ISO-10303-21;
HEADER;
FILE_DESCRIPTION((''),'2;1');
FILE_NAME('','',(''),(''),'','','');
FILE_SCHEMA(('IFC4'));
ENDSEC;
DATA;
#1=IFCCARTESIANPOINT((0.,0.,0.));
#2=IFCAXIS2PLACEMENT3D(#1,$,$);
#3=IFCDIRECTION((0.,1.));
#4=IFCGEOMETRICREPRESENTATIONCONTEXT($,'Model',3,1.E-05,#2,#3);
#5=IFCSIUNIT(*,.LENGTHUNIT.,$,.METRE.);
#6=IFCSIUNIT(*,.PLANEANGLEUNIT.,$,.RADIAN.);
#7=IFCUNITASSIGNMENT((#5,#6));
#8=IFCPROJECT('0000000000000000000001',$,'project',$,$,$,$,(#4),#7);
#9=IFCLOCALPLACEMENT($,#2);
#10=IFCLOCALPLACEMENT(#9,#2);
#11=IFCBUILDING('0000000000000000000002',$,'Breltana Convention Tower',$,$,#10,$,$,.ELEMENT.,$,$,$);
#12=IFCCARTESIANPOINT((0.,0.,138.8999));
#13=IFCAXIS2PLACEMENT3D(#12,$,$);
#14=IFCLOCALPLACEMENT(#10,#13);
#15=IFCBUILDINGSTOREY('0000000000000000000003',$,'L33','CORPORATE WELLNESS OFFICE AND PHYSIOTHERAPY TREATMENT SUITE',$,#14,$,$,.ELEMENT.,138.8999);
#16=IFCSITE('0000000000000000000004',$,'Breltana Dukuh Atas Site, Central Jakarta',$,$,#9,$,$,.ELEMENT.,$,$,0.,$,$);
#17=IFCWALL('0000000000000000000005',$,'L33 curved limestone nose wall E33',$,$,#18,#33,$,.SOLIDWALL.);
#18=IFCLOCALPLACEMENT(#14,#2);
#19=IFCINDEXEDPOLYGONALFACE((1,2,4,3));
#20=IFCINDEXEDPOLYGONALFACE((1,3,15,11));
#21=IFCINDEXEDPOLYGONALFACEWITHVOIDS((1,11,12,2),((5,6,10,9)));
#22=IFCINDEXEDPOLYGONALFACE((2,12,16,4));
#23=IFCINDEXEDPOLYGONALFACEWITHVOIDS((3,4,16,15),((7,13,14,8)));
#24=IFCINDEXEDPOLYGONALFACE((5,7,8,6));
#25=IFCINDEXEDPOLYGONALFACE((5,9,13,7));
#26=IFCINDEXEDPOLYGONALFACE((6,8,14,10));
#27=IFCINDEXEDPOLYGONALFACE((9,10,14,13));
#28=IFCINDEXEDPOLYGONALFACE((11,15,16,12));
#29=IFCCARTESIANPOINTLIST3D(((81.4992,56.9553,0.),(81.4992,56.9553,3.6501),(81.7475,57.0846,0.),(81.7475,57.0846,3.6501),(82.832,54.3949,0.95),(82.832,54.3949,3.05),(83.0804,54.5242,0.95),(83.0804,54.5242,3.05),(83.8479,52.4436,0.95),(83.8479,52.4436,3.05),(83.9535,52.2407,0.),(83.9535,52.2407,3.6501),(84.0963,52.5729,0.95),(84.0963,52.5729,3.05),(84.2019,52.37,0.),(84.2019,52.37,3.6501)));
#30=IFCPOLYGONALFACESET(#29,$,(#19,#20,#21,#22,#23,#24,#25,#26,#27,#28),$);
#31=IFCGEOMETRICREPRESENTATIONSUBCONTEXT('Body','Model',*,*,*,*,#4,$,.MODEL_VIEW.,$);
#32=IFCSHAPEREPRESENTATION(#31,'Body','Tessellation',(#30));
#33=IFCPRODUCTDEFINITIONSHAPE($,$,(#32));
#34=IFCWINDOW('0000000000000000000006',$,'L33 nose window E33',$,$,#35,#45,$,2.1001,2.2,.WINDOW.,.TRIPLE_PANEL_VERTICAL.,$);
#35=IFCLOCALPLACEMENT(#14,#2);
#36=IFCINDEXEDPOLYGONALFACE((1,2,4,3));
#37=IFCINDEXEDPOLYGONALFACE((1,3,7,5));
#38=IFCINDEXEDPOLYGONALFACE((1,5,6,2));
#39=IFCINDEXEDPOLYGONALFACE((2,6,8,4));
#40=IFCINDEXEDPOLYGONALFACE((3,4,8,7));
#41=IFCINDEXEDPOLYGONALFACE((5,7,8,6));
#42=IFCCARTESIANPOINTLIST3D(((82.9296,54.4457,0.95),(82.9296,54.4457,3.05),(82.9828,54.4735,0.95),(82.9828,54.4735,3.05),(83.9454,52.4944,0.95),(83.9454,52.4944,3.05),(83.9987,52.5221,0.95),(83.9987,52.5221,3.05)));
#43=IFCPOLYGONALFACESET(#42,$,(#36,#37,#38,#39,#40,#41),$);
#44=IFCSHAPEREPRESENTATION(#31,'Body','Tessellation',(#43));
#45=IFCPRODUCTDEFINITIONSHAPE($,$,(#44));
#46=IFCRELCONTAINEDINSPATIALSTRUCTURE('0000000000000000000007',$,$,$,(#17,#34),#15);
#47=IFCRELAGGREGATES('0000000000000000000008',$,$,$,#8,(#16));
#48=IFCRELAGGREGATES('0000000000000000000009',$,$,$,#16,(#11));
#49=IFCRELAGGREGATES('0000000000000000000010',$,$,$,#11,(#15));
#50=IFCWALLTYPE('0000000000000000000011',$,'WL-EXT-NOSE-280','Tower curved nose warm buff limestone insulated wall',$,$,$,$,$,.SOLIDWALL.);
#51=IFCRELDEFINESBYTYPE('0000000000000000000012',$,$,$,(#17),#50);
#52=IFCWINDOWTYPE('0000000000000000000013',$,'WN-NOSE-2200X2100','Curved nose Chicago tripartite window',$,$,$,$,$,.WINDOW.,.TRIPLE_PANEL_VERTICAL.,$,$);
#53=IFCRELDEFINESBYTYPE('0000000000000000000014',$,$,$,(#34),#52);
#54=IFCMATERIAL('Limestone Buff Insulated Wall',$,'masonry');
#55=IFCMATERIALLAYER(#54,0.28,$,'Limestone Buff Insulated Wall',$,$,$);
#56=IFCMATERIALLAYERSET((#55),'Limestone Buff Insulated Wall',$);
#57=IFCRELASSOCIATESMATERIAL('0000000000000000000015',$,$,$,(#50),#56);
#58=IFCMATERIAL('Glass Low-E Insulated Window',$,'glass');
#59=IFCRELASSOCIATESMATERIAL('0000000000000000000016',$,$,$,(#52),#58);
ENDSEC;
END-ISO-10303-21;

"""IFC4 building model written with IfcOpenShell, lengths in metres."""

from ifc_helpers import new_model, si_unit, direction, frame, frame_2d, origin, place, context, subcontext, project, spatial, rectangle, extrude, source, transform, mapped, material, layer, layer_set, type_object, type_shapes, element, fill, save


model = new_model("IFC4")

# Units and contexts
model_context = context("Model", 3, precision=1e-05, world=origin(), true_north=direction((0.0, 1.0)))
body_context = subcontext(model_context, "Body", "Model", "MODEL_VIEW")
ifc_project = project(units=[si_unit("LENGTHUNIT", "METRE"), si_unit("PLANEANGLEUNIT", "RADIAN")], contexts=[model_context])

# Site, building, storey
site_placement = place(None, origin())
site = spatial("IfcSite", under=ifc_project, at=site_placement, Name="Breltana Dukuh Atas Site, Central Jakarta", CompositionType="ELEMENT", RefElevation=0.0)
building_placement = place(site_placement, origin())
building = spatial("IfcBuilding", under=site, at=building_placement, Name="Breltana Convention Tower", CompositionType="ELEMENT")
storey_placement = place(building_placement, frame((0.0, 0.0, 138.8999)))
storey = spatial("IfcBuildingStorey", under=building, at=storey_placement, Name="L33", Description="CORPORATE WELLNESS OFFICE AND PHYSIOTHERAPY TREATMENT SUITE", CompositionType="ELEMENT", Elevation=138.8999)

# Wall, opening, window
ifc_material_1 = material(Name="Limestone Buff Insulated Wall", Category="masonry")
ifc_layer_1 = layer(ifc_material_1, 0.28, Name="Limestone Buff Insulated Wall")
ifc_layer_set_1 = layer_set([ifc_layer_1], Name="Limestone Buff Insulated Wall")
wall_type = type_object("IfcWallType", Name="WL-EXT-NOSE-280", Description="Tower curved nose warm buff limestone insulated wall", PredefinedType="SOLIDWALL", material=ifc_layer_set_1)
ifc_material_2 = material(Name="Glass Low-E Insulated Window", Category="glass")
window_type = type_object("IfcWindowType", Name="WN-NOSE-2200X2100", Description="Curved nose Chicago tripartite window", PartitioningType="TRIPLE_PANEL_VERTICAL", PredefinedType="WINDOW", material=ifc_material_2)
shared_shape_1 = source(origin(), body_context, "Body", "SweptSolid", [
    extrude(rectangle(XDim=2.2, YDim=2.1001, at=frame_2d((1.1001, 1.05))), frame((0.0, 0.03, 0.0), z_axis=(0.0, -1.0, 0.0), x_axis=(1.0, 0.0, 0.0)), (0.0, 0.0, 1.0), 0.0601),
])
type_shapes(window_type, [shared_shape_1])
shared_shape_2 = source(origin(), body_context, "Body", "SweptSolid", [
    extrude(rectangle(XDim=5.3152, YDim=0.28, at=frame_2d((2.6577, 0.0))), origin(), (0.0, 0.0, 1.0), 3.6501),
])
wall_1_placement = place(storey_placement, frame((81.6233, 57.02, 0.0), z_axis=(0.0, 0.0, 1.0), x_axis=(0.461761, -0.887005, 0.0)))
wall_1 = element("IfcWall", 1, at=wall_1_placement, inside=storey, type_object=wall_type, Name="L33 curved limestone nose wall E33", PredefinedType="SOLIDWALL", context=body_context, shape_type="MappedRepresentation", body=[
    mapped(shared_shape_2, transform((0.0, 0.0, 0.0), scale=1.0)),
])
opening_1_placement = place(wall_1_placement, frame((2.8865, 0.0, 0.95)))
opening_1 = element("IfcOpeningElement", 2, at=opening_1_placement, cuts=wall_1, PredefinedType="OPENING", context=body_context, shape_type="SweptSolid", body=[
    extrude(rectangle(XDim=2.2, YDim=2.1001, at=frame_2d((1.1001, 1.05))), frame((0.0, 0.1499, 0.0), z_axis=(0.0, -1.0, 0.0), x_axis=(1.0, 0.0, 0.0)), (0.0, 0.0, 1.0), 0.3),
])
window_1_placement = place(opening_1_placement, origin())
window_1 = element("IfcWindow", 3, at=window_1_placement, inside=storey, type_object=window_type, Name="L33 nose window E33", OverallHeight=2.1001, OverallWidth=2.2, PartitioningType="TRIPLE_PANEL_VERTICAL", PredefinedType="WINDOW", context=body_context, shape_type="MappedRepresentation", body=[
    mapped(shared_shape_1, transform((0.0, 0.0, 0.0), scale=1.0)),
])
fill(opening_1, window_1)

save(model, "model.ifc")
